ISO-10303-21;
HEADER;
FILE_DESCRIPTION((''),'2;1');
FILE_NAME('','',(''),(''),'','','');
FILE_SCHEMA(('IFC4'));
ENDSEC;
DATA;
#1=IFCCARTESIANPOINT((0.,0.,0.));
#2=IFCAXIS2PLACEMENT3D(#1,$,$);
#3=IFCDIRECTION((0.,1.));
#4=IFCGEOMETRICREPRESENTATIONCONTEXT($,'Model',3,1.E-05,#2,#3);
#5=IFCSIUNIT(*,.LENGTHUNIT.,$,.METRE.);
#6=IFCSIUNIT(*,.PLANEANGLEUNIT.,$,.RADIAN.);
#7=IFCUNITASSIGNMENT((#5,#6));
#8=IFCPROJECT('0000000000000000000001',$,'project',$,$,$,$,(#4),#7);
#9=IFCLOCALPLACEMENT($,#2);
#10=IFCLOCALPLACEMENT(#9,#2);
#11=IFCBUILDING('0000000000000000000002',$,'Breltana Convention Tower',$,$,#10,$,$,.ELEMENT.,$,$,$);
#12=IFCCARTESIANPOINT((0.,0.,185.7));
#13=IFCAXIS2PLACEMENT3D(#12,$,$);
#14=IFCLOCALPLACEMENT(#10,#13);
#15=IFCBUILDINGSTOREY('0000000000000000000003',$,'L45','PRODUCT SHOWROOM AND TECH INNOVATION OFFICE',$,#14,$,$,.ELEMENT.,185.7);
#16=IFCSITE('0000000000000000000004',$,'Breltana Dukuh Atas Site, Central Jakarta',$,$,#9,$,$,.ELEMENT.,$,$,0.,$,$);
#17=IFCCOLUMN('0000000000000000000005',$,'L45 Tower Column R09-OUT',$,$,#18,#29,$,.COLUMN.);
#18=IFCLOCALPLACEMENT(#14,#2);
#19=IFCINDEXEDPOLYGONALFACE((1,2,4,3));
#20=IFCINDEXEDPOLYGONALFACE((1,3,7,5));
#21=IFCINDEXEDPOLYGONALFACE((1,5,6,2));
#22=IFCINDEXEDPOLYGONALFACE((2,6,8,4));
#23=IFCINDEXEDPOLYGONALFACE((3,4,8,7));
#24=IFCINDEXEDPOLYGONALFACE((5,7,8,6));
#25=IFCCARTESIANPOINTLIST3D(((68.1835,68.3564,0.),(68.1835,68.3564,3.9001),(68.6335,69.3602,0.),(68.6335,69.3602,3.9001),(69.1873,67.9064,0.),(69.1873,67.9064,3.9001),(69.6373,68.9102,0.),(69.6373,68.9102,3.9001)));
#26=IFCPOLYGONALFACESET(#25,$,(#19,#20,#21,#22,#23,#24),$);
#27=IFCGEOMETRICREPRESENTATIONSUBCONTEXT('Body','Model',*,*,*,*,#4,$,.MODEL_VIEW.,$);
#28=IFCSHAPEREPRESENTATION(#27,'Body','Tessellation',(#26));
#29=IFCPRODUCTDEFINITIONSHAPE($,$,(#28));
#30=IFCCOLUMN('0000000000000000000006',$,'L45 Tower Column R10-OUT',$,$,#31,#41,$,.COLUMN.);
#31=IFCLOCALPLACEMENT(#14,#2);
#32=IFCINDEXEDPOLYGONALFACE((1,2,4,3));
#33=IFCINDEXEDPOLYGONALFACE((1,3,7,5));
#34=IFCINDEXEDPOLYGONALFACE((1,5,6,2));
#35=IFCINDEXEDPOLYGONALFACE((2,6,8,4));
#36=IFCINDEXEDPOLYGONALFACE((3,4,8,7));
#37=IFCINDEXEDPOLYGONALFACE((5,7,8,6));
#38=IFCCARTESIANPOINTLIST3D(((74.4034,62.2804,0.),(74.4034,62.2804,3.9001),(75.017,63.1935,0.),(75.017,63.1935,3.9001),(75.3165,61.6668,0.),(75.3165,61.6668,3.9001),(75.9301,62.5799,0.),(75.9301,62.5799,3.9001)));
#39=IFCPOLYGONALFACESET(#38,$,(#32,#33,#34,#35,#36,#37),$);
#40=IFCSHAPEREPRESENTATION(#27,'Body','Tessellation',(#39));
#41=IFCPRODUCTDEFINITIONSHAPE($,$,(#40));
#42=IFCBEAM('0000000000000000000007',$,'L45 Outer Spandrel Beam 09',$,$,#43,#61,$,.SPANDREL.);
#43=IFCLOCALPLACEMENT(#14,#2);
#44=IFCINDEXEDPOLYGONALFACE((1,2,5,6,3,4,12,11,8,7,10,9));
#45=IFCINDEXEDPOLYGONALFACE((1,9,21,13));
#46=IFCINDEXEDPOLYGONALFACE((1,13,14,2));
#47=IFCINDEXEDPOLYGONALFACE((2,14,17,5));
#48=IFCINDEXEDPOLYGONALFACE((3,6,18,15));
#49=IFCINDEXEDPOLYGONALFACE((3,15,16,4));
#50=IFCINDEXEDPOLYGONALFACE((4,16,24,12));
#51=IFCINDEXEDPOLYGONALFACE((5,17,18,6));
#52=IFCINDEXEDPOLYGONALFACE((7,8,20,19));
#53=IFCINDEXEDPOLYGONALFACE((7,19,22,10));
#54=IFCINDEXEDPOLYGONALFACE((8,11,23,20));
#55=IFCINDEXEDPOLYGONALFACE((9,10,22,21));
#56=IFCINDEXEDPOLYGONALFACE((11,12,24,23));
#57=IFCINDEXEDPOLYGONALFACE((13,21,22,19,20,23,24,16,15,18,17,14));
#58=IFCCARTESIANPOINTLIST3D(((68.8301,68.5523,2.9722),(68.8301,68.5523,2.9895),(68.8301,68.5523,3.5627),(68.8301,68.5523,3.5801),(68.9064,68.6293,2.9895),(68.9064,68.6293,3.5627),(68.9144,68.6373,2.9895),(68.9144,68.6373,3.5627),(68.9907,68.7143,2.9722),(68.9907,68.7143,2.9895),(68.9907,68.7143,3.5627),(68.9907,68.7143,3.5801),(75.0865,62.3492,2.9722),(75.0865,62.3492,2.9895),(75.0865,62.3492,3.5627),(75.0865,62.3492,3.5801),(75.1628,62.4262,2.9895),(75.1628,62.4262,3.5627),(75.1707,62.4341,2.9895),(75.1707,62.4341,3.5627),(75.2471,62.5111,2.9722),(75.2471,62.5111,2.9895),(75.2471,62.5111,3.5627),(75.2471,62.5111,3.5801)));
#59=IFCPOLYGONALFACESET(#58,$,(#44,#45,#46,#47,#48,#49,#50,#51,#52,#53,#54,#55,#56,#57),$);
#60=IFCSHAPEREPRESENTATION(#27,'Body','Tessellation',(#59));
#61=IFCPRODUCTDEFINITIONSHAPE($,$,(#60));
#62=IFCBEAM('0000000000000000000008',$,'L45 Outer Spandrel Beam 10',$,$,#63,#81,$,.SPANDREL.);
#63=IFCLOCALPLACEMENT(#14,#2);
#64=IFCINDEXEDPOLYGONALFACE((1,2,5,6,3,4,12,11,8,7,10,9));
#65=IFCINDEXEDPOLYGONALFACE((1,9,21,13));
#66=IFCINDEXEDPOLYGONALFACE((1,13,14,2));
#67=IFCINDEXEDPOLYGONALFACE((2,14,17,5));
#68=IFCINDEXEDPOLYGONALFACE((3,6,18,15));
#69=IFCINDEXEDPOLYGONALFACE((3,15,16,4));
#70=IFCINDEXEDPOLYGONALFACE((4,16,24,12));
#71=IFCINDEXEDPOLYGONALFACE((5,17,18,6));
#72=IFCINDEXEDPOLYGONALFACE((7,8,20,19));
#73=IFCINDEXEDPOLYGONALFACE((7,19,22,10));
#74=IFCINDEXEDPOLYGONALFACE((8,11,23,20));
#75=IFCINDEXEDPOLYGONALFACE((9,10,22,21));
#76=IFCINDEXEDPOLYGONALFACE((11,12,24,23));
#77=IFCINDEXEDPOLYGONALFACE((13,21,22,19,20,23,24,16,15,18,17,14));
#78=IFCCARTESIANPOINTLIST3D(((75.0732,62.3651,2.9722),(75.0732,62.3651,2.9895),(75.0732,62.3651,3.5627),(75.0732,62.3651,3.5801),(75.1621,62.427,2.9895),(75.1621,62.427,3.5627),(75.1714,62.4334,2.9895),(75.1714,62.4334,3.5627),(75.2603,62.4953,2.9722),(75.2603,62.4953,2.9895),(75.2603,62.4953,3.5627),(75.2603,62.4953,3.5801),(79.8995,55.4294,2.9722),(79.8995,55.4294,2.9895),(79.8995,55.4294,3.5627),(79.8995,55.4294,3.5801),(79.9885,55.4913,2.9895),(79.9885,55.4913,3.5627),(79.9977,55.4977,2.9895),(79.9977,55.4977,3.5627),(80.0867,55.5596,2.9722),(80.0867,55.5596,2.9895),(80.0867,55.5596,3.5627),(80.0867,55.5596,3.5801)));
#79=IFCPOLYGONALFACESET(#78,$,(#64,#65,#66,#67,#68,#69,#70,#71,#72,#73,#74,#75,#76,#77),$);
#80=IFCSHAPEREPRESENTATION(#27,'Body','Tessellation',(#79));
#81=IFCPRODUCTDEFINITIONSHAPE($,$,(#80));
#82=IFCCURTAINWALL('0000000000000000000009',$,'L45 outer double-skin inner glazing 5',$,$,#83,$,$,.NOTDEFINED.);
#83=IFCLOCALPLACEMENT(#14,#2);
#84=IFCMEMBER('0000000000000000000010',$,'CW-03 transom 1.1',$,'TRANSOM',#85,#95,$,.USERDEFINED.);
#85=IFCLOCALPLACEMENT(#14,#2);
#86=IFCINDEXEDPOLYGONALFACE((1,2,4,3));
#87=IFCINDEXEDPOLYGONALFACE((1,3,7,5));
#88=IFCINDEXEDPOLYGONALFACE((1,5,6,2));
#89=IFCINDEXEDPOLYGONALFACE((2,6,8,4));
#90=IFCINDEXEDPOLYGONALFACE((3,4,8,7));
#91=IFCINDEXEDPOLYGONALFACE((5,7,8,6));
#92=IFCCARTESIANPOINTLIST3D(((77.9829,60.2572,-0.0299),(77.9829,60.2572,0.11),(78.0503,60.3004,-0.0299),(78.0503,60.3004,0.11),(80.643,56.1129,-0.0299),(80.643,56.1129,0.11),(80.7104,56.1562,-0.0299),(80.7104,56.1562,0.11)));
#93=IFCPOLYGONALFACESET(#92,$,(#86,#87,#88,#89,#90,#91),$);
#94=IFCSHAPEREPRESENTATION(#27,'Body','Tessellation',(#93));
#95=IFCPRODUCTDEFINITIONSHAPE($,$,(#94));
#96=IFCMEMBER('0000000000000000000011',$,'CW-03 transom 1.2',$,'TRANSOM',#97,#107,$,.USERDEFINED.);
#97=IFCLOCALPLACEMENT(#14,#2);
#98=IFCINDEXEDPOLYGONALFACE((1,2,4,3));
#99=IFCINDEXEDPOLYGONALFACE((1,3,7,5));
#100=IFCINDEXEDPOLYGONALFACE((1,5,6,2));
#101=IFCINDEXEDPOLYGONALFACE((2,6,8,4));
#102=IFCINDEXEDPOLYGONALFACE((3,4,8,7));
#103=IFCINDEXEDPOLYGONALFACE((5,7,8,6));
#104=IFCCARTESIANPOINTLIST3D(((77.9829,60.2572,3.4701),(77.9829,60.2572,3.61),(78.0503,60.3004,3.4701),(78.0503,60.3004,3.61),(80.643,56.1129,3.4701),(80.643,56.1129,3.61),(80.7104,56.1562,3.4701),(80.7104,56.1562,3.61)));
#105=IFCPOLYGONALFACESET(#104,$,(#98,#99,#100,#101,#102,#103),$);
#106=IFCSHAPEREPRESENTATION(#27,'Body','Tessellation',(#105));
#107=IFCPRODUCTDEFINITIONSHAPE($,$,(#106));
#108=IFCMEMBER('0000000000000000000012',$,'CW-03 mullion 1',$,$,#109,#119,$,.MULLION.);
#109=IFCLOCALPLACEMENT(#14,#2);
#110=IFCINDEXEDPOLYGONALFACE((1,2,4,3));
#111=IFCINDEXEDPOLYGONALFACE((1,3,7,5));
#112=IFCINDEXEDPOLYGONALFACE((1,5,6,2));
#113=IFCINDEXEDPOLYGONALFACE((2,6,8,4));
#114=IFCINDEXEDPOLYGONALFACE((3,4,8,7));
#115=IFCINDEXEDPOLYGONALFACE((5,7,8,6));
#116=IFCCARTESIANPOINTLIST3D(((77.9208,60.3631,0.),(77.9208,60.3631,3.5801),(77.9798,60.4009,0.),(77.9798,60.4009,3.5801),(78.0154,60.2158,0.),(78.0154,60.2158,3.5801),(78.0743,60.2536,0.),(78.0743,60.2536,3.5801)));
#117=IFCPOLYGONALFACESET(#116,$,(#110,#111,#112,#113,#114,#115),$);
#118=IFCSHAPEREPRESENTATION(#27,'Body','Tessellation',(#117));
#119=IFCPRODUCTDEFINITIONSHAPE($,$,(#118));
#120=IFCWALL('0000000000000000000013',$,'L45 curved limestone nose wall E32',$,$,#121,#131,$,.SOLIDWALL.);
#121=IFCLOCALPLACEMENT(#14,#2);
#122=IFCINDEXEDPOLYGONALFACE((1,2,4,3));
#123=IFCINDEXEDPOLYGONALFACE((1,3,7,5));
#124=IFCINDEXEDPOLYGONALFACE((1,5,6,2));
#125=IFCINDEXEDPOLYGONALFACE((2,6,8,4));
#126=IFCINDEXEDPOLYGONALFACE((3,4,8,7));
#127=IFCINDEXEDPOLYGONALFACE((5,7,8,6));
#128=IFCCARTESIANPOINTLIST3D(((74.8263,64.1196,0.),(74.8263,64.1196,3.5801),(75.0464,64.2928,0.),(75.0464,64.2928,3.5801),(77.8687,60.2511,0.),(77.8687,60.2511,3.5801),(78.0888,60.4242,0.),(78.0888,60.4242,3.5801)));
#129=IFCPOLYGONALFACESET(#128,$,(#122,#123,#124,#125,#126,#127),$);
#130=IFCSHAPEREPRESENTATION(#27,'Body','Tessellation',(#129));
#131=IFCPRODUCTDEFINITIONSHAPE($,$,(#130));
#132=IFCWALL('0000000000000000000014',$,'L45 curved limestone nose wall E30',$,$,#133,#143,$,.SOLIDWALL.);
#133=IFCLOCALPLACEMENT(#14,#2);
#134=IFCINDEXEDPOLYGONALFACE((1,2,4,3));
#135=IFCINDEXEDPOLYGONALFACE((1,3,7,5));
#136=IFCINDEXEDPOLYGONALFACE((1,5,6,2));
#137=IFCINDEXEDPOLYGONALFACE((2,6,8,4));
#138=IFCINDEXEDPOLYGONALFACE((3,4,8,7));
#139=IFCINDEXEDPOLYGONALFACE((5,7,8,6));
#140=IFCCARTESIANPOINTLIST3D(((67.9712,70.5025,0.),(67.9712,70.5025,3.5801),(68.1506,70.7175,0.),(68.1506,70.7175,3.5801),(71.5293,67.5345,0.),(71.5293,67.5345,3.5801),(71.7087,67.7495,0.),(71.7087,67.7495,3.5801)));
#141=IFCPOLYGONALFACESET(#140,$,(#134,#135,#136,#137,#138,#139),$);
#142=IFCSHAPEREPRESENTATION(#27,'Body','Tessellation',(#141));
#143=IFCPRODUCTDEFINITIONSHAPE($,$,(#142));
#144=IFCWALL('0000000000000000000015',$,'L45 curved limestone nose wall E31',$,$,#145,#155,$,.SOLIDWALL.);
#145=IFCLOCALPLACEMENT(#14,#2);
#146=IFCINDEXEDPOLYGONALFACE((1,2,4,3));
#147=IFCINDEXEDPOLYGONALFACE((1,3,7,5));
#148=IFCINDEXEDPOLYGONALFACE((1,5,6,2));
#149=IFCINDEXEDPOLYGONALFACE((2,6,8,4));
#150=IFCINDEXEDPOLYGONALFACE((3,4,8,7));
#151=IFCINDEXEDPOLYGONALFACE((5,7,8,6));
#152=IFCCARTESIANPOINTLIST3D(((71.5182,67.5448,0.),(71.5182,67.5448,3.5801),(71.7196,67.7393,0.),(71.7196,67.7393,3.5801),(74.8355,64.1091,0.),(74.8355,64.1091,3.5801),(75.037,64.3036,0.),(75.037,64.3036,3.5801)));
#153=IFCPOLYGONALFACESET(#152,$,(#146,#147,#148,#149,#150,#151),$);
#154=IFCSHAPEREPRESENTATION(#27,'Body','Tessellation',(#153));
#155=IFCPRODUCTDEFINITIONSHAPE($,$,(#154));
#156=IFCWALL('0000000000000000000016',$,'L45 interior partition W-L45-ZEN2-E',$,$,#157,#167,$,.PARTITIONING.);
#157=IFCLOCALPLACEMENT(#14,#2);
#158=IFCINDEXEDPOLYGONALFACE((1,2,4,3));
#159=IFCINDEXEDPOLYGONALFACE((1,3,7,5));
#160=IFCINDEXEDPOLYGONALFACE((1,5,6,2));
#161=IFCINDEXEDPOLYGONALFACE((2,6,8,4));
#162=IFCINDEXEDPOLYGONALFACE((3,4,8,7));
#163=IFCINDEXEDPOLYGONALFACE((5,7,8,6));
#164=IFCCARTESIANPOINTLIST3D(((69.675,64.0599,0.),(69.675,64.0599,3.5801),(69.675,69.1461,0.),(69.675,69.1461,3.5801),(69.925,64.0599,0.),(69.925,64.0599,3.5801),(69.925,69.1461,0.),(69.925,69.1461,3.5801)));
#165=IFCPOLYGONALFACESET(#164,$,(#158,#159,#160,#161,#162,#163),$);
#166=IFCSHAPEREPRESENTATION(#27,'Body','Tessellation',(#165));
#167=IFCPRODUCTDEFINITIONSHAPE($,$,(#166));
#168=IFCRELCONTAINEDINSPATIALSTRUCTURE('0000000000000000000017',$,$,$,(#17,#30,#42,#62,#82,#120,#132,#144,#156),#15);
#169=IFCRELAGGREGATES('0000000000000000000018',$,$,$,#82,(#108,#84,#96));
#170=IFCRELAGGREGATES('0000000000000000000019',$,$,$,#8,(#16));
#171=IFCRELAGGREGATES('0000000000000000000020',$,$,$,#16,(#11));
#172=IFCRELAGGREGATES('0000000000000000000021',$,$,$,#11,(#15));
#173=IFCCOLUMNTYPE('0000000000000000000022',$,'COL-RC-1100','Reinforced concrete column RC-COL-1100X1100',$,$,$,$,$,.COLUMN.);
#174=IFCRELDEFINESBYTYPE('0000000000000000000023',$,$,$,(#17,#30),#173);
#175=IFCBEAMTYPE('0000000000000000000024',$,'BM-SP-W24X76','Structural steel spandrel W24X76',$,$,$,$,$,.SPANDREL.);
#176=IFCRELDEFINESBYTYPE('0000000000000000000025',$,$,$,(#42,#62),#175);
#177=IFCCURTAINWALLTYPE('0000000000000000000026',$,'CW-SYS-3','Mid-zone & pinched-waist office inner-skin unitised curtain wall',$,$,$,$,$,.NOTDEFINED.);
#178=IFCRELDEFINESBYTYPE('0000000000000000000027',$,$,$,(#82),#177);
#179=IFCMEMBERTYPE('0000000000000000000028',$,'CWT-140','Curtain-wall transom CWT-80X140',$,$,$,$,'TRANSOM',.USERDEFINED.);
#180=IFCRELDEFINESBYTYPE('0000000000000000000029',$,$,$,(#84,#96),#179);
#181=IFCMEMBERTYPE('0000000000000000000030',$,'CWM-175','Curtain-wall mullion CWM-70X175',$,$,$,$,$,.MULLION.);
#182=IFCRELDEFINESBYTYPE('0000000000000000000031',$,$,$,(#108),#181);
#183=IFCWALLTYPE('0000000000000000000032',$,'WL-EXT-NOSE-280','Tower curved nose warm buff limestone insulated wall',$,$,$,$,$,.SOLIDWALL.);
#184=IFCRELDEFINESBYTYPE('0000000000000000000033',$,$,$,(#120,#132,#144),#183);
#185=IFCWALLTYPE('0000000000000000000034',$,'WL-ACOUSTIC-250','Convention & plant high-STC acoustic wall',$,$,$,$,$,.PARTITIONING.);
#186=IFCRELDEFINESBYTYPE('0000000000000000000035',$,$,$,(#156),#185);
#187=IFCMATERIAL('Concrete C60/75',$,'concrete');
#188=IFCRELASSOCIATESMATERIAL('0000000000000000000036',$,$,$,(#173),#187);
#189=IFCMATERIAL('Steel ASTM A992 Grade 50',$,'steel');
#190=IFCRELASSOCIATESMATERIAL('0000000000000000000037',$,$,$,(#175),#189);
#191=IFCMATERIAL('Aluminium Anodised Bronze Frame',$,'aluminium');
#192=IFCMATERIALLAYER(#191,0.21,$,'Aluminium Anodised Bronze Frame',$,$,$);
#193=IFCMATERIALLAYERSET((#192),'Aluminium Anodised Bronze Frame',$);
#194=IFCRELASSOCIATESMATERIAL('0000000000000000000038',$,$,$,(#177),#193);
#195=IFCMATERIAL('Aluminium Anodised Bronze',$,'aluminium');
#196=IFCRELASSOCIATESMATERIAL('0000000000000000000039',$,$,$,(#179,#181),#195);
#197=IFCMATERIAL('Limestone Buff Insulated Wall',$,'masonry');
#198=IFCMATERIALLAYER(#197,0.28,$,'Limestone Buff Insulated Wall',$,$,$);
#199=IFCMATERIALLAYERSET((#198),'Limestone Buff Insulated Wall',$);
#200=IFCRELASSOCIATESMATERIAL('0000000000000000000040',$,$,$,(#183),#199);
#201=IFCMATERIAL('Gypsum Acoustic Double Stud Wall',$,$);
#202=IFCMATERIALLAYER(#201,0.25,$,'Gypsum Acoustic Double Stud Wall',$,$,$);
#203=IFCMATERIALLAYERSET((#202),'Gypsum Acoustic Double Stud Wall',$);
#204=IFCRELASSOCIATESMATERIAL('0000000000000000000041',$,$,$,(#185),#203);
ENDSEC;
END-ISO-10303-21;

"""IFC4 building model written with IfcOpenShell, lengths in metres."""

from ifc_helpers import new_model, si_unit, direction, frame, frame_2d, origin, origin_2d, place, context, subcontext, project, spatial, rectangle, i_section, extrude, source, transform, mapped, material, layer, layer_set, material_profile, profile_set, type_object, element, aggregate, save


model = new_model("IFC4")

# Units and contexts
model_context = context("Model", 3, precision=1e-05, world=origin(), true_north=direction((0.0, 1.0)))
body_context = subcontext(model_context, "Body", "Model", "MODEL_VIEW")
ifc_project = project(units=[si_unit("LENGTHUNIT", "METRE"), si_unit("PLANEANGLEUNIT", "RADIAN")], contexts=[model_context])

# Site, building, storey
site_placement = place(None, origin())
site = spatial("IfcSite", under=ifc_project, at=site_placement, Name="Breltana Dukuh Atas Site, Central Jakarta", CompositionType="ELEMENT", RefElevation=0.0)
building_placement = place(site_placement, origin())
building = spatial("IfcBuilding", under=site, at=building_placement, Name="Breltana Convention Tower", CompositionType="ELEMENT")
storey_placement = place(building_placement, frame((0.0, 0.0, 185.7)))
storey = spatial("IfcBuildingStorey", under=building, at=storey_placement, Name="L45", Description="PRODUCT SHOWROOM AND TECH INNOVATION OFFICE", CompositionType="ELEMENT", Elevation=185.7)

# Columns
ifc_material_1 = material(Name="Concrete C60/75", Category="concrete")
ifc_material_profile_1 = material_profile(ifc_material_1, rectangle(XDim=1.1001, YDim=1.1001, at=origin_2d()), Name="RC-COL-1100X1100")
ifc_profile_set_1 = profile_set([ifc_material_profile_1], Name="Concrete C60/75")
column_type = type_object("IfcColumnType", Name="COL-RC-1100", Description="Reinforced concrete column RC-COL-1100X1100", PredefinedType="COLUMN", material=ifc_profile_set_1)
shared_shape_1 = source(origin(), body_context, "Body", "SweptSolid", [
    extrude(rectangle(XDim=1.1001, YDim=1.1001, at=origin_2d()), origin(), (0.0, 0.0, 1.0), 3.9001),
])
for number, where, z_axis, x_axis, name in (
    (1, (68.9104, 68.6333, 0.0), (0.0, 0.0, 1.0), (0.409127, 0.912477, 0.0), "L45 Tower Column R09-OUT"),
    (2, (75.1667, 62.4302, 0.0), (0.0, 0.0, 1.0), (0.557745, 0.830012, 0.0), "L45 Tower Column R10-OUT"),
):
    element("IfcColumn", number, at=place(storey_placement, frame(where, z_axis=z_axis, x_axis=x_axis)), inside=storey, type_object=column_type, Name=name, PredefinedType="COLUMN", context=body_context, shape_type="MappedRepresentation", body=[
        mapped(shared_shape_1, transform((0.0, 0.0, 0.0), scale=1.0)),
    ])

# Beams
ifc_material_2 = material(Name="Steel ASTM A992 Grade 50", Category="steel")
ifc_material_profile_2 = material_profile(ifc_material_2, i_section(OverallWidth=0.228, OverallDepth=0.6079, WebThickness=0.0112, FlangeThickness=0.0173, at=origin_2d()), Name="W24X76")
ifc_profile_set_2 = profile_set([ifc_material_profile_2], Name="Steel ASTM A992 Grade 50")
beam_type = type_object("IfcBeamType", Name="BM-SP-W24X76", Description="Structural steel spandrel W24X76", PredefinedType="SPANDREL", material=ifc_profile_set_2)
shared_shape_2 = source(origin(), body_context, "Body", "SweptSolid", [
    extrude(i_section(OverallWidth=0.228, OverallDepth=0.6079, WebThickness=0.0112, FlangeThickness=0.0173, at=origin_2d()), origin(), (0.0, 0.0, 1.0), 8.8103),
])
beam_1_placement = place(storey_placement, frame((68.9104, 68.6333, 3.2761), z_axis=(0.710121, -0.70408, 0.0), x_axis=(0.70408, 0.710121, 0.0)))
element("IfcBeam", 3, at=beam_1_placement, inside=storey, type_object=beam_type, Name="L45 Outer Spandrel Beam 09", PredefinedType="SPANDREL", context=body_context, shape_type="MappedRepresentation", body=[
    mapped(shared_shape_2, transform((0.0, 0.0, 0.0), scale=1.0)),
])
shared_shape_3 = source(origin(), body_context, "Body", "SweptSolid", [
    extrude(i_section(OverallWidth=0.228, OverallDepth=0.6079, WebThickness=0.0112, FlangeThickness=0.0173, at=origin_2d()), origin(), (0.0, 0.0, 1.0), 8.4497),
])
beam_2_placement = place(storey_placement, frame((75.1667, 62.4302, 3.2761), z_axis=(0.571186, -0.820821, 0.0), x_axis=(0.820821, 0.571186, 0.0)))
element("IfcBeam", 4, at=beam_2_placement, inside=storey, type_object=beam_type, Name="L45 Outer Spandrel Beam 10", PredefinedType="SPANDREL", context=body_context, shape_type="MappedRepresentation", body=[
    mapped(shared_shape_3, transform((0.0, 0.0, 0.0), scale=1.0)),
])

# Curtain wall, members
ifc_material_3 = material(Name="Aluminium Anodised Bronze Frame", Category="aluminium")
ifc_layer_1 = layer(ifc_material_3, 0.21, Name="Aluminium Anodised Bronze Frame")
ifc_layer_set_1 = layer_set([ifc_layer_1], Name="Aluminium Anodised Bronze Frame")
curtain_wall_type = type_object("IfcCurtainWallType", Name="CW-SYS-3", Description="Mid-zone & pinched-waist office inner-skin unitised curtain wall", PredefinedType="NOTDEFINED", material=ifc_layer_set_1)
curtain_wall_placement = place(storey_placement, origin())
curtain_wall = element("IfcCurtainWall", 5, at=curtain_wall_placement, inside=storey, type_object=curtain_wall_type, Name="L45 outer double-skin inner glazing 5", PredefinedType="NOTDEFINED")
ifc_material_4 = material(Name="Aluminium Anodised Bronze", Category="aluminium")
ifc_material_profile_3 = material_profile(ifc_material_4, rectangle(XDim=0.0801, YDim=0.1399, at=origin_2d()), Name="CWT-80X140")
ifc_profile_set_3 = profile_set([ifc_material_profile_3], Name="Aluminium Anodised Bronze")
member_type_1 = type_object("IfcMemberType", Name="CWT-140", Description="Curtain-wall transom CWT-80X140", ElementType="TRANSOM", PredefinedType="USERDEFINED", material=ifc_profile_set_3)
shared_shape_4 = source(origin(), body_context, "Body", "SweptSolid", [
    extrude(rectangle(XDim=0.0801, YDim=0.1399, at=origin_2d()), origin(), (0.0, 0.0, 1.0), 4.9246),
])
member_1_placement = place(storey_placement, frame((78.0166, 60.2788, 0.04), z_axis=(0.540179, -0.84155, 0.0), x_axis=(0.84155, 0.540179, 0.0)))
member_1 = element("IfcMember", 6, at=member_1_placement, type_object=member_type_1, Name="CW-03 transom 1.1", ObjectType="TRANSOM", PredefinedType="USERDEFINED", context=body_context, shape_type="MappedRepresentation", body=[
    mapped(shared_shape_4, transform((0.0, 0.0, 0.0), scale=1.0)),
])
member_2_placement = place(storey_placement, frame((78.0166, 60.2788, 3.54), z_axis=(0.540179, -0.84155, 0.0), x_axis=(0.84155, 0.540179, 0.0)))
member_2 = element("IfcMember", 7, at=member_2_placement, type_object=member_type_1, Name="CW-03 transom 1.2", ObjectType="TRANSOM", PredefinedType="USERDEFINED", context=body_context, shape_type="MappedRepresentation", body=[
    mapped(shared_shape_4, transform((0.0, 0.0, 0.0), scale=1.0)),
])
ifc_material_profile_4 = material_profile(ifc_material_4, rectangle(XDim=0.0701, YDim=0.175, at=origin_2d()), Name="CWM-70X175")
ifc_profile_set_4 = profile_set([ifc_material_profile_4], Name="Aluminium Anodised Bronze")
member_type_2 = type_object("IfcMemberType", Name="CWM-175", Description="Curtain-wall mullion CWM-70X175", PredefinedType="MULLION", material=ifc_profile_set_4)
shared_shape_5 = source(origin(), body_context, "Body", "SweptSolid", [
    extrude(rectangle(XDim=0.0701, YDim=0.175, at=origin_2d()), origin(), (0.0, 0.0, 1.0), 3.5801),
])
member_3_placement = place(storey_placement, frame((77.9976, 60.3083, 0.0), z_axis=(0.0, 0.0, 1.0), x_axis=(0.841554, 0.540173, 0.0)))
member_3 = element("IfcMember", 8, at=member_3_placement, type_object=member_type_2, Name="CW-03 mullion 1", PredefinedType="MULLION", context=body_context, shape_type="MappedRepresentation", body=[
    mapped(shared_shape_5, transform((0.0, 0.0, 0.0), scale=1.0)),
])
aggregate(curtain_wall, [member_3, member_1, member_2])

# Walls
ifc_material_5 = material(Name="Limestone Buff Insulated Wall", Category="masonry")
ifc_layer_2 = layer(ifc_material_5, 0.28, Name="Limestone Buff Insulated Wall")
ifc_layer_set_2 = layer_set([ifc_layer_2], Name="Limestone Buff Insulated Wall")
wall_type_1 = type_object("IfcWallType", Name="WL-EXT-NOSE-280", Description="Tower curved nose warm buff limestone insulated wall", PredefinedType="SOLIDWALL", material=ifc_layer_set_2)
shared_shape_6 = source(origin(), body_context, "Body", "SweptSolid", [
    extrude(rectangle(XDim=4.9216, YDim=0.28, at=frame_2d((2.4609, 0.0))), origin(), (0.0, 0.0, 1.0), 3.5801),
])
wall_1_placement = place(storey_placement, frame((74.9363, 64.2063, 0.0), z_axis=(0.0, 0.0, 1.0), x_axis=(0.618176, -0.786039, 0.0)))
element("IfcWall", 9, at=wall_1_placement, inside=storey, type_object=wall_type_1, Name="L45 curved limestone nose wall E32", PredefinedType="SOLIDWALL", context=body_context, shape_type="MappedRepresentation", body=[
    mapped(shared_shape_6, transform((0.0, 0.0, 0.0), scale=1.0)),
])
shared_shape_7 = source(origin(), body_context, "Body", "SweptSolid", [
    extrude(rectangle(XDim=4.6335, YDim=0.28, at=frame_2d((2.3169, 0.0))), origin(), (0.0, 0.0, 1.0), 3.5801),
])
wall_2_placement = place(storey_placement, frame((68.0608, 70.6101, 0.0), z_axis=(0.0, 0.0, 1.0), x_axis=(0.76791, -0.640557, 0.0)))
element("IfcWall", 10, at=wall_2_placement, inside=storey, type_object=wall_type_1, Name="L45 curved limestone nose wall E30", PredefinedType="SOLIDWALL", context=body_context, shape_type="MappedRepresentation", body=[
    mapped(shared_shape_7, transform((0.0, 0.0, 0.0), scale=1.0)),
])
shared_shape_8 = source(origin(), body_context, "Body", "SweptSolid", [
    extrude(rectangle(XDim=4.7759, YDim=0.28, at=frame_2d((2.3879, 0.0))), origin(), (0.0, 0.0, 1.0), 3.5801),
])
wall_3_placement = place(storey_placement, frame((71.6189, 67.6421, 0.0), z_axis=(0.0, 0.0, 1.0), x_axis=(0.694602, -0.719394, 0.0)))
element("IfcWall", 11, at=wall_3_placement, inside=storey, type_object=wall_type_1, Name="L45 curved limestone nose wall E31", PredefinedType="SOLIDWALL", context=body_context, shape_type="MappedRepresentation", body=[
    mapped(shared_shape_8, transform((0.0, 0.0, 0.0), scale=1.0)),
])
ifc_material_6 = material(Name="Gypsum Acoustic Double Stud Wall")
ifc_layer_3 = layer(ifc_material_6, 0.25, Name="Gypsum Acoustic Double Stud Wall")
ifc_layer_set_3 = layer_set([ifc_layer_3], Name="Gypsum Acoustic Double Stud Wall")
wall_type_2 = type_object("IfcWallType", Name="WL-ACOUSTIC-250", Description="Convention & plant high-STC acoustic wall", PredefinedType="PARTITIONING", material=ifc_layer_set_3)
shared_shape_9 = source(origin(), body_context, "Body", "SweptSolid", [
    extrude(rectangle(XDim=5.0862, YDim=0.25, at=frame_2d((2.543, 0.0))), origin(), (0.0, 0.0, 1.0), 3.5801),
])
wall_4_placement = place(storey_placement, frame((69.8, 64.0601, 0.0), z_axis=(0.0, 0.0, 1.0), x_axis=(0.0, 1.0, 0.0)))
element("IfcWall", 12, at=wall_4_placement, inside=storey, type_object=wall_type_2, Name="L45 interior partition W-L45-ZEN2-E", PredefinedType="PARTITIONING", context=body_context, shape_type="MappedRepresentation", body=[
    mapped(shared_shape_9, transform((0.0, 0.0, 0.0), scale=1.0)),
])

save(model, "model.ifc")
